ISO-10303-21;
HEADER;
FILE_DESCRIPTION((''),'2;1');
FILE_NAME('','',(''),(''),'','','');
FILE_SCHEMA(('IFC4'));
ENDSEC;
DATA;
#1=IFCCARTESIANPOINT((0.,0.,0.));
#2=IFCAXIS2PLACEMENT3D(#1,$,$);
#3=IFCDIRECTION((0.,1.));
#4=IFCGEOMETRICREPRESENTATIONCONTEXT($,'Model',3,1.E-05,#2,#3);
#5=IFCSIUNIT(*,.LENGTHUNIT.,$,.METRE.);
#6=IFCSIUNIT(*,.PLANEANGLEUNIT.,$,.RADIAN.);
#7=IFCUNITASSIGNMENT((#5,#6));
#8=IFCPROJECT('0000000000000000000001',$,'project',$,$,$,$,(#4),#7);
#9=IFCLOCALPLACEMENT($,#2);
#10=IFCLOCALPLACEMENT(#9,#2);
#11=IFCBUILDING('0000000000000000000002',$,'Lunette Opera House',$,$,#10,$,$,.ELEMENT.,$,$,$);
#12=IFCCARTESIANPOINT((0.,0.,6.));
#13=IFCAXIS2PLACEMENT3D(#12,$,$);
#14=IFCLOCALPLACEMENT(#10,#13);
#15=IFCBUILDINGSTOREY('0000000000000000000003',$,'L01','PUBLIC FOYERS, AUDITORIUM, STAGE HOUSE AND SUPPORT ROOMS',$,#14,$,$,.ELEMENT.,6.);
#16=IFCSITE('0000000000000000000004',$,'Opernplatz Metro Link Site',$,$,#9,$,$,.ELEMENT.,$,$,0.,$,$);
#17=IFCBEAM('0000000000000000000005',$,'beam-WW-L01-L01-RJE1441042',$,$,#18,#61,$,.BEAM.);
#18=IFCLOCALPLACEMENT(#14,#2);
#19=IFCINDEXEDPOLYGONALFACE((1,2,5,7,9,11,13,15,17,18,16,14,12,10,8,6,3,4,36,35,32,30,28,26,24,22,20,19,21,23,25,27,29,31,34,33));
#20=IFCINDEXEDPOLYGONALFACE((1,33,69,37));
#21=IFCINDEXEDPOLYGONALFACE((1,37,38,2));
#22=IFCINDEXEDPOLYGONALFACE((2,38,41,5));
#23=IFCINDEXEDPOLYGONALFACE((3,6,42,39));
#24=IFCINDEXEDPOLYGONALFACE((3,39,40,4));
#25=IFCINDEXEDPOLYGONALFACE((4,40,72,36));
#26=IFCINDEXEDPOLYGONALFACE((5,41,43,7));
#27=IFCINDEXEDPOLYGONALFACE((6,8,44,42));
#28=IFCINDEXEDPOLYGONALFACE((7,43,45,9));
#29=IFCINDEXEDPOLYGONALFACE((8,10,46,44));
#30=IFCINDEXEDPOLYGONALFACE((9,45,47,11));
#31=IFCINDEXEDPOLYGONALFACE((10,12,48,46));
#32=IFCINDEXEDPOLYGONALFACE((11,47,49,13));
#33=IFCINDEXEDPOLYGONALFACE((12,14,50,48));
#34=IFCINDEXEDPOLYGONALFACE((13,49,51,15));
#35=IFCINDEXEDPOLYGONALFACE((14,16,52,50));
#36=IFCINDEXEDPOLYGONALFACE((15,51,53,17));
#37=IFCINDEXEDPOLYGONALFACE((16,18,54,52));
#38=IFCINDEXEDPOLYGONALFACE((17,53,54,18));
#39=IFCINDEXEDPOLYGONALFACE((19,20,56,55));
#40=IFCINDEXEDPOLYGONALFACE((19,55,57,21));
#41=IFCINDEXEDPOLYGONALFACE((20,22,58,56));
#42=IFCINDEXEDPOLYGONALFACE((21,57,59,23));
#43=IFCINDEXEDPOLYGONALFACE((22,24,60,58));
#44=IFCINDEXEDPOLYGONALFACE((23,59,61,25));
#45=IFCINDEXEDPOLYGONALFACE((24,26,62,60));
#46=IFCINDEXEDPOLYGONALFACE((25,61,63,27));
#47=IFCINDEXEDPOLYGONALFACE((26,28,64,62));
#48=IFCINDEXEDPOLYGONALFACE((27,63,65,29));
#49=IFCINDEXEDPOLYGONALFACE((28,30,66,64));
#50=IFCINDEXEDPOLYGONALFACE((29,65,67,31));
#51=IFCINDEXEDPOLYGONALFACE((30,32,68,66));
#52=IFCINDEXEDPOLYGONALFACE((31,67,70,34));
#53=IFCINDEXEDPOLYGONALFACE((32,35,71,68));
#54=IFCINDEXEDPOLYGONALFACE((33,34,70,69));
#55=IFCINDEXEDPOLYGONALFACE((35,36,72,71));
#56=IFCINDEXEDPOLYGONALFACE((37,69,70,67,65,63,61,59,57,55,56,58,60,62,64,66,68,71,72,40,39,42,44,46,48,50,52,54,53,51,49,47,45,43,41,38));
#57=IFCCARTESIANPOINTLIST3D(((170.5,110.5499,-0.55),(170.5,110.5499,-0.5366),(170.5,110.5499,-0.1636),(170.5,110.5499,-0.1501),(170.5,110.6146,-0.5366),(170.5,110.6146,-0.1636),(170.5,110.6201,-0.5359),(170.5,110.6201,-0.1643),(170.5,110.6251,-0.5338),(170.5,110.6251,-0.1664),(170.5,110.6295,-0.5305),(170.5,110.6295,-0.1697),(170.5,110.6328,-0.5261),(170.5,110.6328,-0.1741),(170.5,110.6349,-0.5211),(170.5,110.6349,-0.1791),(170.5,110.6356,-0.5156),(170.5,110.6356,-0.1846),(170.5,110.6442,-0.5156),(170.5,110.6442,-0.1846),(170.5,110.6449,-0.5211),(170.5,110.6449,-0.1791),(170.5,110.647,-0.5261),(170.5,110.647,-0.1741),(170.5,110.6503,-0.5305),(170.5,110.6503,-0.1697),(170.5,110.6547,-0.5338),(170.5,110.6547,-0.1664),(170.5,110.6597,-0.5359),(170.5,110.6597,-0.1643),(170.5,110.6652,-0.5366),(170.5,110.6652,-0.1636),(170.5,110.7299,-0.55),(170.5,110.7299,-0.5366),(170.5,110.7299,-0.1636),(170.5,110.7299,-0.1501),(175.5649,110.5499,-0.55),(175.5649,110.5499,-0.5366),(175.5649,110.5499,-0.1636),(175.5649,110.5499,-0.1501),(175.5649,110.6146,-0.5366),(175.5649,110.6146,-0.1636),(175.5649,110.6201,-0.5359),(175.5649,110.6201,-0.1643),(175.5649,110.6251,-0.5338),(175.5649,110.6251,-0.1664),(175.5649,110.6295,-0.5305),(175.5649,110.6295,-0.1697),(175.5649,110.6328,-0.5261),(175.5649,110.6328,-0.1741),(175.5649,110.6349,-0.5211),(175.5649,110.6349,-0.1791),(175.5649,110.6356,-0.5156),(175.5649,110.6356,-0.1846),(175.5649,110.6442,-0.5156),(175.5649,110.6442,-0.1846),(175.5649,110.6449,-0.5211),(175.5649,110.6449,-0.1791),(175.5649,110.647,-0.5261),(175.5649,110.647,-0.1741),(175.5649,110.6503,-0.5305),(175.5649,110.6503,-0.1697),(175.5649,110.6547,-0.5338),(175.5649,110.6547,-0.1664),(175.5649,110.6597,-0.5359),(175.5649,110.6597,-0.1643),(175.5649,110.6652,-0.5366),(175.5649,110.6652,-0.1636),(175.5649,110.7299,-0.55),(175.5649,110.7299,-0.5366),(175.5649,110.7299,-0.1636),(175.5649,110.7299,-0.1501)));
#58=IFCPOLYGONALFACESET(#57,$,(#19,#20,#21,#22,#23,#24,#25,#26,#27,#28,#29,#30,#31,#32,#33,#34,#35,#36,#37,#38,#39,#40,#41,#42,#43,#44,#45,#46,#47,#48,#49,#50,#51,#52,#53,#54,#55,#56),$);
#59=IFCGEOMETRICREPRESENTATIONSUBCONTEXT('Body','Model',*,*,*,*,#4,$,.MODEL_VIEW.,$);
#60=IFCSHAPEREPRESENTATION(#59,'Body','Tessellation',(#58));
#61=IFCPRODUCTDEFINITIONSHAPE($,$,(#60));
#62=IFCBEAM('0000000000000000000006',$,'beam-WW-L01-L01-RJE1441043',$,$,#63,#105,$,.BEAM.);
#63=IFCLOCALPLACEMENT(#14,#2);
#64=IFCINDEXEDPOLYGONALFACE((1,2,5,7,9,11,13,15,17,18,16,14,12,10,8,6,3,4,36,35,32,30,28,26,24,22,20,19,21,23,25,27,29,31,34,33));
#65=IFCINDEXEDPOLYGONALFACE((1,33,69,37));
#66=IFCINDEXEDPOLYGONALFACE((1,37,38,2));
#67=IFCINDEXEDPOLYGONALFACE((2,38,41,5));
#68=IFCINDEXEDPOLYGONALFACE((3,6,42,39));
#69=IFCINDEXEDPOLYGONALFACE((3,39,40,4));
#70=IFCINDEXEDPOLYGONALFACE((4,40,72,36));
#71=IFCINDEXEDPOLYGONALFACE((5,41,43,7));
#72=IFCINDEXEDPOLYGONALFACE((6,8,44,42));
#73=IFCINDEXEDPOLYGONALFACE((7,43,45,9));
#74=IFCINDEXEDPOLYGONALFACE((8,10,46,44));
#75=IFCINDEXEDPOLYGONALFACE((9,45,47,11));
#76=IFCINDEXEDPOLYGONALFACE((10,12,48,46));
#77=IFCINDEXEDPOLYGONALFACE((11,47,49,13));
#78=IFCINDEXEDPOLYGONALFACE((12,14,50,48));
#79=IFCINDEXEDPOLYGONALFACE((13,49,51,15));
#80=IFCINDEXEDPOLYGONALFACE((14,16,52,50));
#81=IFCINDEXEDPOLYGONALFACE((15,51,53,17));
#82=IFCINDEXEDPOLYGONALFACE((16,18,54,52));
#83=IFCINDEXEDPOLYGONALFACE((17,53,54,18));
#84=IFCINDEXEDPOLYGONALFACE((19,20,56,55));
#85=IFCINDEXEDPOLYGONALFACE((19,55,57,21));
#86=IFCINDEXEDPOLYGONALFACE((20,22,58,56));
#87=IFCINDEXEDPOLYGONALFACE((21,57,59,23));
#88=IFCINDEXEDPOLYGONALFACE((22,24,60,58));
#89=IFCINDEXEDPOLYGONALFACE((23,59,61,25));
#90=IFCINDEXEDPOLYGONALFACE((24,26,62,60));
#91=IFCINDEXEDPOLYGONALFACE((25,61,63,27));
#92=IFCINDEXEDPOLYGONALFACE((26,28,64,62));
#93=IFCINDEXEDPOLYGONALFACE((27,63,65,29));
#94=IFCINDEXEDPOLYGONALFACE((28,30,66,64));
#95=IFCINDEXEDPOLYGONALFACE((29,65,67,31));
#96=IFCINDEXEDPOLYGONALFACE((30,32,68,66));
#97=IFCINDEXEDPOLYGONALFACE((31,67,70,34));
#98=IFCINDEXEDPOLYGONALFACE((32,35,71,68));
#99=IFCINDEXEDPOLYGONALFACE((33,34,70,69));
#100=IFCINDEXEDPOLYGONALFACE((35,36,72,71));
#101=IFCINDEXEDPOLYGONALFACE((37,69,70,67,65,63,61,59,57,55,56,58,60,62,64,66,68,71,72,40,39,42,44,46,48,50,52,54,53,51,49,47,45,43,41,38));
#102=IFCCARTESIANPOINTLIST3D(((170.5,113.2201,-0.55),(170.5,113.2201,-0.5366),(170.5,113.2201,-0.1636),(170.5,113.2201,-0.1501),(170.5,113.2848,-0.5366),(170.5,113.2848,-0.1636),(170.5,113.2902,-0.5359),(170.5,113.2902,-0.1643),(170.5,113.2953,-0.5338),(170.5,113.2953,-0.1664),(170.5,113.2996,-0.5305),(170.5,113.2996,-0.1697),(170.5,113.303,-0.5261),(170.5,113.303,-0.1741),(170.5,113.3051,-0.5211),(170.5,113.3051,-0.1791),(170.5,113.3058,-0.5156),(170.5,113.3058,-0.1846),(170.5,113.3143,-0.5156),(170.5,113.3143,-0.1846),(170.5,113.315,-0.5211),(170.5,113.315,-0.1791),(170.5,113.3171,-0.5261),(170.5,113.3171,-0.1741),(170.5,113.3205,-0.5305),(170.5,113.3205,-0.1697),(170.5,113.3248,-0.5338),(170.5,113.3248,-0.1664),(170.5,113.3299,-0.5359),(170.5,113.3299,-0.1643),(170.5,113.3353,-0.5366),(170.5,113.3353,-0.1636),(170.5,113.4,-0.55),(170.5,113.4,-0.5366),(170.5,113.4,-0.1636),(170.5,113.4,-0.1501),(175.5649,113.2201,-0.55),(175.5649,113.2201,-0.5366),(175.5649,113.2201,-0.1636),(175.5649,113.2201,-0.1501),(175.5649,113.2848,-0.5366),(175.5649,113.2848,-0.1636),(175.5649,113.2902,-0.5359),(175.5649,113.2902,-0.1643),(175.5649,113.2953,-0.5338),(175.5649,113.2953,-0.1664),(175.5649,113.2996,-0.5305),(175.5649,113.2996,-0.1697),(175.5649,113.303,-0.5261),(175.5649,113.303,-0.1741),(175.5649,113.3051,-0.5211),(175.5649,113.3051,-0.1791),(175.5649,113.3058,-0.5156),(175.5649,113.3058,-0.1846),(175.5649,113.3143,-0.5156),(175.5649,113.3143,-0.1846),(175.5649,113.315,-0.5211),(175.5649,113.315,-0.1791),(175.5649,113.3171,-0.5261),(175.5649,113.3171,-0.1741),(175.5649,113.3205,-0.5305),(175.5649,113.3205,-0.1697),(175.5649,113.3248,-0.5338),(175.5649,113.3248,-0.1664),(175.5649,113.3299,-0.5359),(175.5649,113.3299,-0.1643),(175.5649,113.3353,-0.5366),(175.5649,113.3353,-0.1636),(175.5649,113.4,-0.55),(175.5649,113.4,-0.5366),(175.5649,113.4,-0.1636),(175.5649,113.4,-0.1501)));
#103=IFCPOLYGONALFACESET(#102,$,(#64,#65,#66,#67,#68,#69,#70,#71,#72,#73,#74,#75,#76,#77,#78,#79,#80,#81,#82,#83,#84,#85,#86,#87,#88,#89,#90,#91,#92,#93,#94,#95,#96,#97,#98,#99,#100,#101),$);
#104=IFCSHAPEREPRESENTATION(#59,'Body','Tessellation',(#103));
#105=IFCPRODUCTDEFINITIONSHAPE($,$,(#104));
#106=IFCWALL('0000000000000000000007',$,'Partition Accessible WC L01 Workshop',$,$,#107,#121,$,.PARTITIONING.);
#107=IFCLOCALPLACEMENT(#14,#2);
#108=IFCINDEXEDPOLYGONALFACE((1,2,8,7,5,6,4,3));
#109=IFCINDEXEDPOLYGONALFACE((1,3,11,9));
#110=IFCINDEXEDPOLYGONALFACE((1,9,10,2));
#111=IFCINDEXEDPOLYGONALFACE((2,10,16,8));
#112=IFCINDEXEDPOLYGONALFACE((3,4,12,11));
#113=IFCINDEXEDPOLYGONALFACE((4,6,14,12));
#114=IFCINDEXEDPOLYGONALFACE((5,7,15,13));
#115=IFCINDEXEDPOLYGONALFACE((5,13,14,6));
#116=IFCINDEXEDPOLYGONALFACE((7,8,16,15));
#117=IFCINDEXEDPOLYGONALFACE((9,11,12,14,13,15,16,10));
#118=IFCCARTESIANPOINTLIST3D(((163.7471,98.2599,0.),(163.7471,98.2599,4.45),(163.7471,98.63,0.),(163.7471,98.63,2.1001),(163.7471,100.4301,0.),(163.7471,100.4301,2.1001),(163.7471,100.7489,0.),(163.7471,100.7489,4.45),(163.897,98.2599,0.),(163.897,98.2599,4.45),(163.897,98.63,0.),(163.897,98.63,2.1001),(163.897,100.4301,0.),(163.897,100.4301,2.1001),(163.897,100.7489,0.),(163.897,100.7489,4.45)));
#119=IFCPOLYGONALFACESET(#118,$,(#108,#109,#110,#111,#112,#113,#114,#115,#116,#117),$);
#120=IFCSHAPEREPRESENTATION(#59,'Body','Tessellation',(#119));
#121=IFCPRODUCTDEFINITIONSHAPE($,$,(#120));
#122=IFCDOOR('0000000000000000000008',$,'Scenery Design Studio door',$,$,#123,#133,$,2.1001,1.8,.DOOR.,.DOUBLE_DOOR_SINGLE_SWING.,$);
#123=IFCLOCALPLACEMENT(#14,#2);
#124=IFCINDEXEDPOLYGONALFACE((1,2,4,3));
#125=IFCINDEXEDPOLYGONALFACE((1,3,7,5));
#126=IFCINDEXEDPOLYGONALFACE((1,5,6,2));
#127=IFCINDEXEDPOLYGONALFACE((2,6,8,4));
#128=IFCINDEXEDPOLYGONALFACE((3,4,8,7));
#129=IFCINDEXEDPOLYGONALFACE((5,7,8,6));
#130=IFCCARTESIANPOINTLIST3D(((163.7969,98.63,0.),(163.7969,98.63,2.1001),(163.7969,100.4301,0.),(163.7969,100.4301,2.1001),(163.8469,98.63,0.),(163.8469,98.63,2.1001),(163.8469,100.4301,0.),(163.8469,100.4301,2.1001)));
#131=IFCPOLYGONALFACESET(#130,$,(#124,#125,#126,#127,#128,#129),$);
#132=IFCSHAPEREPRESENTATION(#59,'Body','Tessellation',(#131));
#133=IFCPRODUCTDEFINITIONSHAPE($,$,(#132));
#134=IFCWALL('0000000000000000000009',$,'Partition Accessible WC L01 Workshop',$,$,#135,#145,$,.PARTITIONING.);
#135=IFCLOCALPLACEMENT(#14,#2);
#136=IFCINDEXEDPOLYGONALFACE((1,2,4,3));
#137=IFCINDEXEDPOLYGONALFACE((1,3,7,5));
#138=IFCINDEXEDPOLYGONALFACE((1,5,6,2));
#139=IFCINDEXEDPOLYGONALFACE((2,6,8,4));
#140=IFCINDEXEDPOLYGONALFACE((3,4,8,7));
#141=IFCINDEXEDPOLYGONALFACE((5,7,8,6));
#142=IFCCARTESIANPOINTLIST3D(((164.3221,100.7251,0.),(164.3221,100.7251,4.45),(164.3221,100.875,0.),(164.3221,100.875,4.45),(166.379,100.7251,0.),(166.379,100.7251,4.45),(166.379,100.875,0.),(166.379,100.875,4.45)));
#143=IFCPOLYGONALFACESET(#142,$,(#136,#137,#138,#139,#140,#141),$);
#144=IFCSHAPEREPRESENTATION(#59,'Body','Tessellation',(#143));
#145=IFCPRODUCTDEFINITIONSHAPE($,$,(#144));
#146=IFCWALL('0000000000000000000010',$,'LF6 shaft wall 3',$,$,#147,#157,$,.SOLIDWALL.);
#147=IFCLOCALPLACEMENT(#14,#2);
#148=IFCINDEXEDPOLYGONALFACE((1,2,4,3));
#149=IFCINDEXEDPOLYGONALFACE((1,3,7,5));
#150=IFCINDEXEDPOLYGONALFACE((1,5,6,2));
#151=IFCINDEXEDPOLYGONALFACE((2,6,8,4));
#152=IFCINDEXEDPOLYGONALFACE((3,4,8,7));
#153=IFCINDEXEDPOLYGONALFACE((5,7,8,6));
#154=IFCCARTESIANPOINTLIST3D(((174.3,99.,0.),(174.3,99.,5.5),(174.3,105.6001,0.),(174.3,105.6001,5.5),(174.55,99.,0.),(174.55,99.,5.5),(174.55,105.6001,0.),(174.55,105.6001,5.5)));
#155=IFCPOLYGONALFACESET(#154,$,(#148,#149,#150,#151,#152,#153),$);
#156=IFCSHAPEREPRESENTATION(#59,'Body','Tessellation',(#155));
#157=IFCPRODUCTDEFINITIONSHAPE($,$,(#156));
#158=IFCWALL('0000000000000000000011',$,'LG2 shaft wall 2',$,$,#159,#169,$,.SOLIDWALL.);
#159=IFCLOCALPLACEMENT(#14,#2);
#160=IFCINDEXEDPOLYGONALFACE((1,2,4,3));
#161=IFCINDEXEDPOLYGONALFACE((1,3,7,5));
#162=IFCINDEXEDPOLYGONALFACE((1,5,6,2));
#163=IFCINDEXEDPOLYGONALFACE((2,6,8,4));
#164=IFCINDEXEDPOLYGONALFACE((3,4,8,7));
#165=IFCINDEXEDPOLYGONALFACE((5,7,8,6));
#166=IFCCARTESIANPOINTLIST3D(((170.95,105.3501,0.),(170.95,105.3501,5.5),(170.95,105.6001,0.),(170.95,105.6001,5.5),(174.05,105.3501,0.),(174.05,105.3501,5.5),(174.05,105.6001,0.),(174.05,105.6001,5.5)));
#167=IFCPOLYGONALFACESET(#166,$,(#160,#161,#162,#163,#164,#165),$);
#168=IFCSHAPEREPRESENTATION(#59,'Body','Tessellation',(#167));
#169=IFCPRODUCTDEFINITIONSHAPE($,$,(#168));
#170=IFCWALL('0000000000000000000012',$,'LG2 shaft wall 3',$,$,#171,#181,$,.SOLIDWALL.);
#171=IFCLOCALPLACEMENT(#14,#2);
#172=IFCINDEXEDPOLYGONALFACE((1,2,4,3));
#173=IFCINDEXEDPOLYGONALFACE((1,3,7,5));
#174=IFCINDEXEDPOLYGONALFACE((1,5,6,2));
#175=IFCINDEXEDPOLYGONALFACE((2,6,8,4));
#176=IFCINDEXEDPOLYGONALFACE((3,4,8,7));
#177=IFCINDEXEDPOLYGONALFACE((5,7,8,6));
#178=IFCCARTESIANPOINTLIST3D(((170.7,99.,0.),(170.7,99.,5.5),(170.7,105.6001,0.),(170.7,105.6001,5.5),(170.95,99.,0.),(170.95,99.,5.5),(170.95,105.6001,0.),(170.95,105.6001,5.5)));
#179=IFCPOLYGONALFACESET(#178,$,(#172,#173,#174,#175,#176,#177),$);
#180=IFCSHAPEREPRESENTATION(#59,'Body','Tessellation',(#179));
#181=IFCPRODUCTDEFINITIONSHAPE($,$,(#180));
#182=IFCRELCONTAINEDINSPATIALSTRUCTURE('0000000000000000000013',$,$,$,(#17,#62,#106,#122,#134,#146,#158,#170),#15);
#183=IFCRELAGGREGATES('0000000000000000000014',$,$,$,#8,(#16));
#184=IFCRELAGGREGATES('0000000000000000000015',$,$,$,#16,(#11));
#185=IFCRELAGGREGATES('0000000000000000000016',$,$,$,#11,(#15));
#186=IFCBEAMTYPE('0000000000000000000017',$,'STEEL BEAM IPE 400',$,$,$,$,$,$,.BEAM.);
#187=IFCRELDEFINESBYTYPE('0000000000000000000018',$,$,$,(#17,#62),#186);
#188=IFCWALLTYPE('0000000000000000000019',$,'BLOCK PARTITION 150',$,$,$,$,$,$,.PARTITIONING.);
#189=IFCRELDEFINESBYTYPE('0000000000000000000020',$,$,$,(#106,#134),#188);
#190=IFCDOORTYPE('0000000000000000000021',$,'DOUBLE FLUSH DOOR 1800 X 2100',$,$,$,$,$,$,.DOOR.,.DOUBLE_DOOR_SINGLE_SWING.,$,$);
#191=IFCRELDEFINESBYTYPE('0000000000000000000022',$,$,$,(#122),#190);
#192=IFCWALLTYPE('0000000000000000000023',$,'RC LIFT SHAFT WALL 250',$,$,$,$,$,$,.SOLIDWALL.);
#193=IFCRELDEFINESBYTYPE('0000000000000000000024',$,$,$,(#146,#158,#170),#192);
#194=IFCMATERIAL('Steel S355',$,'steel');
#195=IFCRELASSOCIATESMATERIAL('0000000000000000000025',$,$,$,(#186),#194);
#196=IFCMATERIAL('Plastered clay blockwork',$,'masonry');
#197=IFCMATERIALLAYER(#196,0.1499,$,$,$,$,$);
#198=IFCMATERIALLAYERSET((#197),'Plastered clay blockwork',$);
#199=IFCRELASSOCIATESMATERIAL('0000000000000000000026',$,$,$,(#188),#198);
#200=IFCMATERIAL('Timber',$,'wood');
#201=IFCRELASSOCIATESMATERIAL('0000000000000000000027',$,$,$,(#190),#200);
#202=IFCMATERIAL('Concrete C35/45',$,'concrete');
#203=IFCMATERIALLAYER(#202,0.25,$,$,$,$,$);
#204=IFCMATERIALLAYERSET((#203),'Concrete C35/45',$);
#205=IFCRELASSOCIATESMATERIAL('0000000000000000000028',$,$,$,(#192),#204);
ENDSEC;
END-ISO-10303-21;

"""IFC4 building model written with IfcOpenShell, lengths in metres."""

from ifc_helpers import new_model, si_unit, direction, frame, frame_2d, origin, origin_2d, place, context, subcontext, project, spatial, rectangle, i_section, extrude, material, layer, layer_set, material_profile, profile_set, type_object, element, fill, save


model = new_model("IFC4")

# Units and contexts
model_context = context("Model", 3, precision=1e-05, world=origin(), true_north=direction((0.0, 1.0)))
body_context = subcontext(model_context, "Body", "Model", "MODEL_VIEW")
ifc_project = project(units=[si_unit("LENGTHUNIT", "METRE"), si_unit("PLANEANGLEUNIT", "RADIAN")], contexts=[model_context])

# Site, building, storey
site_placement = place(None, origin())
site = spatial("IfcSite", under=ifc_project, at=site_placement, Name="Opernplatz Metro Link Site", CompositionType="ELEMENT", RefElevation=0.0)
building_placement = place(site_placement, origin())
building = spatial("IfcBuilding", under=site, at=building_placement, Name="Lunette Opera House", CompositionType="ELEMENT")
storey_placement = place(building_placement, frame((0.0, 0.0, 6.0)))
storey = spatial("IfcBuildingStorey", under=building, at=storey_placement, Name="L01", Description="PUBLIC FOYERS, AUDITORIUM, STAGE HOUSE AND SUPPORT ROOMS", CompositionType="ELEMENT", Elevation=6.0)

# Beams
ifc_material_1 = material(Name="Steel S355", Category="steel")
ifc_material_profile_1 = material_profile(ifc_material_1, i_section(OverallWidth=0.1799, OverallDepth=0.3999, WebThickness=0.0085, FlangeThickness=0.0134, FilletRadius=0.021, at=origin_2d()), Name="IPE 400")
ifc_profile_set_1 = profile_set([ifc_material_profile_1], Name="Steel S355")
beam_type_1 = type_object("IfcBeamType", Name="STEEL BEAM IPE 400", PredefinedType="BEAM", material=ifc_profile_set_1)
for number, where, z_axis, x_axis, name in (
    (1, (170.5, 110.6399, -0.3501), (1.0, 0.0, 0.0), (0.0, 1.0, 0.0), "beam-WW-L01-L01-RJE1441042"),
    (2, (170.5, 113.3101, -0.3501), (1.0, 0.0, 0.0), (0.0, 1.0, 0.0), "beam-WW-L01-L01-RJE1441043"),
):
    element("IfcBeam", number, at=place(storey_placement, frame(where, z_axis=z_axis, x_axis=x_axis)), inside=storey, type_object=beam_type_1, Name=name, PredefinedType="BEAM", context=body_context, shape_type="SweptSolid", body=[
        extrude(i_section(OverallWidth=0.1799, OverallDepth=0.3999, WebThickness=0.0085, FlangeThickness=0.0134, FilletRadius=0.021, at=origin_2d()), origin(), (0.0, 0.0, 1.0), 5.0649),
    ])

# Wall, opening, door
ifc_material_2 = material(Name="Plastered clay blockwork", Category="masonry")
ifc_layer_1 = layer(ifc_material_2, 0.1499)
ifc_layer_set_1 = layer_set([ifc_layer_1], Name="Plastered clay blockwork")
wall_type_1 = type_object("IfcWallType", Name="BLOCK PARTITION 150", PredefinedType="PARTITIONING", material=ifc_layer_set_1)
wall_1_placement = place(storey_placement, frame((163.822, 100.749, 0.0), z_axis=(0.0, 0.0, 1.0), x_axis=(0.0, -1.0, 0.0)))
wall_1 = element("IfcWall", 3, at=wall_1_placement, inside=storey, type_object=wall_type_1, Name="Partition Accessible WC L01 Workshop", PredefinedType="PARTITIONING", context=body_context, shape_type="SweptSolid", body=[
    extrude(rectangle(XDim=2.489, YDim=0.1499, at=frame_2d((1.2446, 0.0))), origin(), (0.0, 0.0, 1.0), 4.45),
])
opening_placement = place(wall_1_placement, frame((0.3191, 0.0, 0.0)))
opening = element("IfcOpeningElement", 4, at=opening_placement, cuts=wall_1, PredefinedType="OPENING", context=body_context, shape_type="SweptSolid", body=[
    extrude(rectangle(XDim=1.8, YDim=2.1001, at=frame_2d((0.8999, 1.05))), frame((0.0, 0.0869, 0.0), z_axis=(0.0, -1.0, 0.0), x_axis=(1.0, 0.0, 0.0)), (0.0, 0.0, 1.0), 0.1738),
])
ifc_material_3 = material(Name="Timber", Category="wood")
door_type = type_object("IfcDoorType", Name="DOUBLE FLUSH DOOR 1800 X 2100", OperationType="DOUBLE_DOOR_SINGLE_SWING", PredefinedType="DOOR", material=ifc_material_3)
door_placement = place(opening_placement, origin())
door = element("IfcDoor", 5, at=door_placement, inside=storey, type_object=door_type, Name="Scenery Design Studio door", OperationType="DOUBLE_DOOR_SINGLE_SWING", OverallHeight=2.1001, OverallWidth=1.8, PredefinedType="DOOR", context=body_context, shape_type="SweptSolid", body=[
    extrude(rectangle(XDim=1.8, YDim=2.1001, at=frame_2d((0.8999, 1.05))), frame((0.0, 0.0249, 0.0), z_axis=(0.0, -1.0, 0.0), x_axis=(1.0, 0.0, 0.0)), (0.0, 0.0, 1.0), 0.05),
])
fill(opening, door)

# Walls
wall_2_placement = place(storey_placement, frame((166.3789, 100.8, 0.0), z_axis=(0.0, 0.0, 1.0), x_axis=(-1.0, 0.0, 0.0)))
element("IfcWall", 6, at=wall_2_placement, inside=storey, type_object=wall_type_1, Name="Partition Accessible WC L01 Workshop", PredefinedType="PARTITIONING", context=body_context, shape_type="SweptSolid", body=[
    extrude(rectangle(XDim=2.0569, YDim=0.1499, at=frame_2d((1.0283, 0.0))), origin(), (0.0, 0.0, 1.0), 4.45),
])
ifc_material_4 = material(Name="Concrete C35/45", Category="concrete")
ifc_layer_2 = layer(ifc_material_4, 0.25)
ifc_layer_set_2 = layer_set([ifc_layer_2], Name="Concrete C35/45")
wall_type_2 = type_object("IfcWallType", Name="RC LIFT SHAFT WALL 250", PredefinedType="SOLIDWALL", material=ifc_layer_set_2)
wall_3_placement = place(storey_placement, frame((174.425, 105.6001, 0.0), z_axis=(0.0, 0.0, 1.0), x_axis=(0.0, -1.0, 0.0)))
element("IfcWall", 7, at=wall_3_placement, inside=storey, type_object=wall_type_2, Name="LF6 shaft wall 3", PredefinedType="SOLIDWALL", context=body_context, shape_type="SweptSolid", body=[
    extrude(rectangle(XDim=6.6001, YDim=0.25, at=frame_2d((3.3, 0.0))), origin(), (0.0, 0.0, 1.0), 5.5),
])
wall_4_placement = place(storey_placement, frame((174.05, 105.4751, 0.0), z_axis=(0.0, 0.0, 1.0), x_axis=(-1.0, 0.0, 0.0)))
element("IfcWall", 8, at=wall_4_placement, inside=storey, type_object=wall_type_2, Name="LG2 shaft wall 2", PredefinedType="SOLIDWALL", context=body_context, shape_type="SweptSolid", body=[
    extrude(rectangle(XDim=3.1001, YDim=0.25, at=frame_2d((1.55, 0.0))), origin(), (0.0, 0.0, 1.0), 5.5),
])
wall_5_placement = place(storey_placement, frame((170.825, 105.6001, 0.0), z_axis=(0.0, 0.0, 1.0), x_axis=(0.0, -1.0, 0.0)))
element("IfcWall", 9, at=wall_5_placement, inside=storey, type_object=wall_type_2, Name="LG2 shaft wall 3", PredefinedType="SOLIDWALL", context=body_context, shape_type="SweptSolid", body=[
    extrude(rectangle(XDim=6.6001, YDim=0.25, at=frame_2d((3.3, 0.0))), origin(), (0.0, 0.0, 1.0), 5.5),
])

save(model, "model.ifc")
